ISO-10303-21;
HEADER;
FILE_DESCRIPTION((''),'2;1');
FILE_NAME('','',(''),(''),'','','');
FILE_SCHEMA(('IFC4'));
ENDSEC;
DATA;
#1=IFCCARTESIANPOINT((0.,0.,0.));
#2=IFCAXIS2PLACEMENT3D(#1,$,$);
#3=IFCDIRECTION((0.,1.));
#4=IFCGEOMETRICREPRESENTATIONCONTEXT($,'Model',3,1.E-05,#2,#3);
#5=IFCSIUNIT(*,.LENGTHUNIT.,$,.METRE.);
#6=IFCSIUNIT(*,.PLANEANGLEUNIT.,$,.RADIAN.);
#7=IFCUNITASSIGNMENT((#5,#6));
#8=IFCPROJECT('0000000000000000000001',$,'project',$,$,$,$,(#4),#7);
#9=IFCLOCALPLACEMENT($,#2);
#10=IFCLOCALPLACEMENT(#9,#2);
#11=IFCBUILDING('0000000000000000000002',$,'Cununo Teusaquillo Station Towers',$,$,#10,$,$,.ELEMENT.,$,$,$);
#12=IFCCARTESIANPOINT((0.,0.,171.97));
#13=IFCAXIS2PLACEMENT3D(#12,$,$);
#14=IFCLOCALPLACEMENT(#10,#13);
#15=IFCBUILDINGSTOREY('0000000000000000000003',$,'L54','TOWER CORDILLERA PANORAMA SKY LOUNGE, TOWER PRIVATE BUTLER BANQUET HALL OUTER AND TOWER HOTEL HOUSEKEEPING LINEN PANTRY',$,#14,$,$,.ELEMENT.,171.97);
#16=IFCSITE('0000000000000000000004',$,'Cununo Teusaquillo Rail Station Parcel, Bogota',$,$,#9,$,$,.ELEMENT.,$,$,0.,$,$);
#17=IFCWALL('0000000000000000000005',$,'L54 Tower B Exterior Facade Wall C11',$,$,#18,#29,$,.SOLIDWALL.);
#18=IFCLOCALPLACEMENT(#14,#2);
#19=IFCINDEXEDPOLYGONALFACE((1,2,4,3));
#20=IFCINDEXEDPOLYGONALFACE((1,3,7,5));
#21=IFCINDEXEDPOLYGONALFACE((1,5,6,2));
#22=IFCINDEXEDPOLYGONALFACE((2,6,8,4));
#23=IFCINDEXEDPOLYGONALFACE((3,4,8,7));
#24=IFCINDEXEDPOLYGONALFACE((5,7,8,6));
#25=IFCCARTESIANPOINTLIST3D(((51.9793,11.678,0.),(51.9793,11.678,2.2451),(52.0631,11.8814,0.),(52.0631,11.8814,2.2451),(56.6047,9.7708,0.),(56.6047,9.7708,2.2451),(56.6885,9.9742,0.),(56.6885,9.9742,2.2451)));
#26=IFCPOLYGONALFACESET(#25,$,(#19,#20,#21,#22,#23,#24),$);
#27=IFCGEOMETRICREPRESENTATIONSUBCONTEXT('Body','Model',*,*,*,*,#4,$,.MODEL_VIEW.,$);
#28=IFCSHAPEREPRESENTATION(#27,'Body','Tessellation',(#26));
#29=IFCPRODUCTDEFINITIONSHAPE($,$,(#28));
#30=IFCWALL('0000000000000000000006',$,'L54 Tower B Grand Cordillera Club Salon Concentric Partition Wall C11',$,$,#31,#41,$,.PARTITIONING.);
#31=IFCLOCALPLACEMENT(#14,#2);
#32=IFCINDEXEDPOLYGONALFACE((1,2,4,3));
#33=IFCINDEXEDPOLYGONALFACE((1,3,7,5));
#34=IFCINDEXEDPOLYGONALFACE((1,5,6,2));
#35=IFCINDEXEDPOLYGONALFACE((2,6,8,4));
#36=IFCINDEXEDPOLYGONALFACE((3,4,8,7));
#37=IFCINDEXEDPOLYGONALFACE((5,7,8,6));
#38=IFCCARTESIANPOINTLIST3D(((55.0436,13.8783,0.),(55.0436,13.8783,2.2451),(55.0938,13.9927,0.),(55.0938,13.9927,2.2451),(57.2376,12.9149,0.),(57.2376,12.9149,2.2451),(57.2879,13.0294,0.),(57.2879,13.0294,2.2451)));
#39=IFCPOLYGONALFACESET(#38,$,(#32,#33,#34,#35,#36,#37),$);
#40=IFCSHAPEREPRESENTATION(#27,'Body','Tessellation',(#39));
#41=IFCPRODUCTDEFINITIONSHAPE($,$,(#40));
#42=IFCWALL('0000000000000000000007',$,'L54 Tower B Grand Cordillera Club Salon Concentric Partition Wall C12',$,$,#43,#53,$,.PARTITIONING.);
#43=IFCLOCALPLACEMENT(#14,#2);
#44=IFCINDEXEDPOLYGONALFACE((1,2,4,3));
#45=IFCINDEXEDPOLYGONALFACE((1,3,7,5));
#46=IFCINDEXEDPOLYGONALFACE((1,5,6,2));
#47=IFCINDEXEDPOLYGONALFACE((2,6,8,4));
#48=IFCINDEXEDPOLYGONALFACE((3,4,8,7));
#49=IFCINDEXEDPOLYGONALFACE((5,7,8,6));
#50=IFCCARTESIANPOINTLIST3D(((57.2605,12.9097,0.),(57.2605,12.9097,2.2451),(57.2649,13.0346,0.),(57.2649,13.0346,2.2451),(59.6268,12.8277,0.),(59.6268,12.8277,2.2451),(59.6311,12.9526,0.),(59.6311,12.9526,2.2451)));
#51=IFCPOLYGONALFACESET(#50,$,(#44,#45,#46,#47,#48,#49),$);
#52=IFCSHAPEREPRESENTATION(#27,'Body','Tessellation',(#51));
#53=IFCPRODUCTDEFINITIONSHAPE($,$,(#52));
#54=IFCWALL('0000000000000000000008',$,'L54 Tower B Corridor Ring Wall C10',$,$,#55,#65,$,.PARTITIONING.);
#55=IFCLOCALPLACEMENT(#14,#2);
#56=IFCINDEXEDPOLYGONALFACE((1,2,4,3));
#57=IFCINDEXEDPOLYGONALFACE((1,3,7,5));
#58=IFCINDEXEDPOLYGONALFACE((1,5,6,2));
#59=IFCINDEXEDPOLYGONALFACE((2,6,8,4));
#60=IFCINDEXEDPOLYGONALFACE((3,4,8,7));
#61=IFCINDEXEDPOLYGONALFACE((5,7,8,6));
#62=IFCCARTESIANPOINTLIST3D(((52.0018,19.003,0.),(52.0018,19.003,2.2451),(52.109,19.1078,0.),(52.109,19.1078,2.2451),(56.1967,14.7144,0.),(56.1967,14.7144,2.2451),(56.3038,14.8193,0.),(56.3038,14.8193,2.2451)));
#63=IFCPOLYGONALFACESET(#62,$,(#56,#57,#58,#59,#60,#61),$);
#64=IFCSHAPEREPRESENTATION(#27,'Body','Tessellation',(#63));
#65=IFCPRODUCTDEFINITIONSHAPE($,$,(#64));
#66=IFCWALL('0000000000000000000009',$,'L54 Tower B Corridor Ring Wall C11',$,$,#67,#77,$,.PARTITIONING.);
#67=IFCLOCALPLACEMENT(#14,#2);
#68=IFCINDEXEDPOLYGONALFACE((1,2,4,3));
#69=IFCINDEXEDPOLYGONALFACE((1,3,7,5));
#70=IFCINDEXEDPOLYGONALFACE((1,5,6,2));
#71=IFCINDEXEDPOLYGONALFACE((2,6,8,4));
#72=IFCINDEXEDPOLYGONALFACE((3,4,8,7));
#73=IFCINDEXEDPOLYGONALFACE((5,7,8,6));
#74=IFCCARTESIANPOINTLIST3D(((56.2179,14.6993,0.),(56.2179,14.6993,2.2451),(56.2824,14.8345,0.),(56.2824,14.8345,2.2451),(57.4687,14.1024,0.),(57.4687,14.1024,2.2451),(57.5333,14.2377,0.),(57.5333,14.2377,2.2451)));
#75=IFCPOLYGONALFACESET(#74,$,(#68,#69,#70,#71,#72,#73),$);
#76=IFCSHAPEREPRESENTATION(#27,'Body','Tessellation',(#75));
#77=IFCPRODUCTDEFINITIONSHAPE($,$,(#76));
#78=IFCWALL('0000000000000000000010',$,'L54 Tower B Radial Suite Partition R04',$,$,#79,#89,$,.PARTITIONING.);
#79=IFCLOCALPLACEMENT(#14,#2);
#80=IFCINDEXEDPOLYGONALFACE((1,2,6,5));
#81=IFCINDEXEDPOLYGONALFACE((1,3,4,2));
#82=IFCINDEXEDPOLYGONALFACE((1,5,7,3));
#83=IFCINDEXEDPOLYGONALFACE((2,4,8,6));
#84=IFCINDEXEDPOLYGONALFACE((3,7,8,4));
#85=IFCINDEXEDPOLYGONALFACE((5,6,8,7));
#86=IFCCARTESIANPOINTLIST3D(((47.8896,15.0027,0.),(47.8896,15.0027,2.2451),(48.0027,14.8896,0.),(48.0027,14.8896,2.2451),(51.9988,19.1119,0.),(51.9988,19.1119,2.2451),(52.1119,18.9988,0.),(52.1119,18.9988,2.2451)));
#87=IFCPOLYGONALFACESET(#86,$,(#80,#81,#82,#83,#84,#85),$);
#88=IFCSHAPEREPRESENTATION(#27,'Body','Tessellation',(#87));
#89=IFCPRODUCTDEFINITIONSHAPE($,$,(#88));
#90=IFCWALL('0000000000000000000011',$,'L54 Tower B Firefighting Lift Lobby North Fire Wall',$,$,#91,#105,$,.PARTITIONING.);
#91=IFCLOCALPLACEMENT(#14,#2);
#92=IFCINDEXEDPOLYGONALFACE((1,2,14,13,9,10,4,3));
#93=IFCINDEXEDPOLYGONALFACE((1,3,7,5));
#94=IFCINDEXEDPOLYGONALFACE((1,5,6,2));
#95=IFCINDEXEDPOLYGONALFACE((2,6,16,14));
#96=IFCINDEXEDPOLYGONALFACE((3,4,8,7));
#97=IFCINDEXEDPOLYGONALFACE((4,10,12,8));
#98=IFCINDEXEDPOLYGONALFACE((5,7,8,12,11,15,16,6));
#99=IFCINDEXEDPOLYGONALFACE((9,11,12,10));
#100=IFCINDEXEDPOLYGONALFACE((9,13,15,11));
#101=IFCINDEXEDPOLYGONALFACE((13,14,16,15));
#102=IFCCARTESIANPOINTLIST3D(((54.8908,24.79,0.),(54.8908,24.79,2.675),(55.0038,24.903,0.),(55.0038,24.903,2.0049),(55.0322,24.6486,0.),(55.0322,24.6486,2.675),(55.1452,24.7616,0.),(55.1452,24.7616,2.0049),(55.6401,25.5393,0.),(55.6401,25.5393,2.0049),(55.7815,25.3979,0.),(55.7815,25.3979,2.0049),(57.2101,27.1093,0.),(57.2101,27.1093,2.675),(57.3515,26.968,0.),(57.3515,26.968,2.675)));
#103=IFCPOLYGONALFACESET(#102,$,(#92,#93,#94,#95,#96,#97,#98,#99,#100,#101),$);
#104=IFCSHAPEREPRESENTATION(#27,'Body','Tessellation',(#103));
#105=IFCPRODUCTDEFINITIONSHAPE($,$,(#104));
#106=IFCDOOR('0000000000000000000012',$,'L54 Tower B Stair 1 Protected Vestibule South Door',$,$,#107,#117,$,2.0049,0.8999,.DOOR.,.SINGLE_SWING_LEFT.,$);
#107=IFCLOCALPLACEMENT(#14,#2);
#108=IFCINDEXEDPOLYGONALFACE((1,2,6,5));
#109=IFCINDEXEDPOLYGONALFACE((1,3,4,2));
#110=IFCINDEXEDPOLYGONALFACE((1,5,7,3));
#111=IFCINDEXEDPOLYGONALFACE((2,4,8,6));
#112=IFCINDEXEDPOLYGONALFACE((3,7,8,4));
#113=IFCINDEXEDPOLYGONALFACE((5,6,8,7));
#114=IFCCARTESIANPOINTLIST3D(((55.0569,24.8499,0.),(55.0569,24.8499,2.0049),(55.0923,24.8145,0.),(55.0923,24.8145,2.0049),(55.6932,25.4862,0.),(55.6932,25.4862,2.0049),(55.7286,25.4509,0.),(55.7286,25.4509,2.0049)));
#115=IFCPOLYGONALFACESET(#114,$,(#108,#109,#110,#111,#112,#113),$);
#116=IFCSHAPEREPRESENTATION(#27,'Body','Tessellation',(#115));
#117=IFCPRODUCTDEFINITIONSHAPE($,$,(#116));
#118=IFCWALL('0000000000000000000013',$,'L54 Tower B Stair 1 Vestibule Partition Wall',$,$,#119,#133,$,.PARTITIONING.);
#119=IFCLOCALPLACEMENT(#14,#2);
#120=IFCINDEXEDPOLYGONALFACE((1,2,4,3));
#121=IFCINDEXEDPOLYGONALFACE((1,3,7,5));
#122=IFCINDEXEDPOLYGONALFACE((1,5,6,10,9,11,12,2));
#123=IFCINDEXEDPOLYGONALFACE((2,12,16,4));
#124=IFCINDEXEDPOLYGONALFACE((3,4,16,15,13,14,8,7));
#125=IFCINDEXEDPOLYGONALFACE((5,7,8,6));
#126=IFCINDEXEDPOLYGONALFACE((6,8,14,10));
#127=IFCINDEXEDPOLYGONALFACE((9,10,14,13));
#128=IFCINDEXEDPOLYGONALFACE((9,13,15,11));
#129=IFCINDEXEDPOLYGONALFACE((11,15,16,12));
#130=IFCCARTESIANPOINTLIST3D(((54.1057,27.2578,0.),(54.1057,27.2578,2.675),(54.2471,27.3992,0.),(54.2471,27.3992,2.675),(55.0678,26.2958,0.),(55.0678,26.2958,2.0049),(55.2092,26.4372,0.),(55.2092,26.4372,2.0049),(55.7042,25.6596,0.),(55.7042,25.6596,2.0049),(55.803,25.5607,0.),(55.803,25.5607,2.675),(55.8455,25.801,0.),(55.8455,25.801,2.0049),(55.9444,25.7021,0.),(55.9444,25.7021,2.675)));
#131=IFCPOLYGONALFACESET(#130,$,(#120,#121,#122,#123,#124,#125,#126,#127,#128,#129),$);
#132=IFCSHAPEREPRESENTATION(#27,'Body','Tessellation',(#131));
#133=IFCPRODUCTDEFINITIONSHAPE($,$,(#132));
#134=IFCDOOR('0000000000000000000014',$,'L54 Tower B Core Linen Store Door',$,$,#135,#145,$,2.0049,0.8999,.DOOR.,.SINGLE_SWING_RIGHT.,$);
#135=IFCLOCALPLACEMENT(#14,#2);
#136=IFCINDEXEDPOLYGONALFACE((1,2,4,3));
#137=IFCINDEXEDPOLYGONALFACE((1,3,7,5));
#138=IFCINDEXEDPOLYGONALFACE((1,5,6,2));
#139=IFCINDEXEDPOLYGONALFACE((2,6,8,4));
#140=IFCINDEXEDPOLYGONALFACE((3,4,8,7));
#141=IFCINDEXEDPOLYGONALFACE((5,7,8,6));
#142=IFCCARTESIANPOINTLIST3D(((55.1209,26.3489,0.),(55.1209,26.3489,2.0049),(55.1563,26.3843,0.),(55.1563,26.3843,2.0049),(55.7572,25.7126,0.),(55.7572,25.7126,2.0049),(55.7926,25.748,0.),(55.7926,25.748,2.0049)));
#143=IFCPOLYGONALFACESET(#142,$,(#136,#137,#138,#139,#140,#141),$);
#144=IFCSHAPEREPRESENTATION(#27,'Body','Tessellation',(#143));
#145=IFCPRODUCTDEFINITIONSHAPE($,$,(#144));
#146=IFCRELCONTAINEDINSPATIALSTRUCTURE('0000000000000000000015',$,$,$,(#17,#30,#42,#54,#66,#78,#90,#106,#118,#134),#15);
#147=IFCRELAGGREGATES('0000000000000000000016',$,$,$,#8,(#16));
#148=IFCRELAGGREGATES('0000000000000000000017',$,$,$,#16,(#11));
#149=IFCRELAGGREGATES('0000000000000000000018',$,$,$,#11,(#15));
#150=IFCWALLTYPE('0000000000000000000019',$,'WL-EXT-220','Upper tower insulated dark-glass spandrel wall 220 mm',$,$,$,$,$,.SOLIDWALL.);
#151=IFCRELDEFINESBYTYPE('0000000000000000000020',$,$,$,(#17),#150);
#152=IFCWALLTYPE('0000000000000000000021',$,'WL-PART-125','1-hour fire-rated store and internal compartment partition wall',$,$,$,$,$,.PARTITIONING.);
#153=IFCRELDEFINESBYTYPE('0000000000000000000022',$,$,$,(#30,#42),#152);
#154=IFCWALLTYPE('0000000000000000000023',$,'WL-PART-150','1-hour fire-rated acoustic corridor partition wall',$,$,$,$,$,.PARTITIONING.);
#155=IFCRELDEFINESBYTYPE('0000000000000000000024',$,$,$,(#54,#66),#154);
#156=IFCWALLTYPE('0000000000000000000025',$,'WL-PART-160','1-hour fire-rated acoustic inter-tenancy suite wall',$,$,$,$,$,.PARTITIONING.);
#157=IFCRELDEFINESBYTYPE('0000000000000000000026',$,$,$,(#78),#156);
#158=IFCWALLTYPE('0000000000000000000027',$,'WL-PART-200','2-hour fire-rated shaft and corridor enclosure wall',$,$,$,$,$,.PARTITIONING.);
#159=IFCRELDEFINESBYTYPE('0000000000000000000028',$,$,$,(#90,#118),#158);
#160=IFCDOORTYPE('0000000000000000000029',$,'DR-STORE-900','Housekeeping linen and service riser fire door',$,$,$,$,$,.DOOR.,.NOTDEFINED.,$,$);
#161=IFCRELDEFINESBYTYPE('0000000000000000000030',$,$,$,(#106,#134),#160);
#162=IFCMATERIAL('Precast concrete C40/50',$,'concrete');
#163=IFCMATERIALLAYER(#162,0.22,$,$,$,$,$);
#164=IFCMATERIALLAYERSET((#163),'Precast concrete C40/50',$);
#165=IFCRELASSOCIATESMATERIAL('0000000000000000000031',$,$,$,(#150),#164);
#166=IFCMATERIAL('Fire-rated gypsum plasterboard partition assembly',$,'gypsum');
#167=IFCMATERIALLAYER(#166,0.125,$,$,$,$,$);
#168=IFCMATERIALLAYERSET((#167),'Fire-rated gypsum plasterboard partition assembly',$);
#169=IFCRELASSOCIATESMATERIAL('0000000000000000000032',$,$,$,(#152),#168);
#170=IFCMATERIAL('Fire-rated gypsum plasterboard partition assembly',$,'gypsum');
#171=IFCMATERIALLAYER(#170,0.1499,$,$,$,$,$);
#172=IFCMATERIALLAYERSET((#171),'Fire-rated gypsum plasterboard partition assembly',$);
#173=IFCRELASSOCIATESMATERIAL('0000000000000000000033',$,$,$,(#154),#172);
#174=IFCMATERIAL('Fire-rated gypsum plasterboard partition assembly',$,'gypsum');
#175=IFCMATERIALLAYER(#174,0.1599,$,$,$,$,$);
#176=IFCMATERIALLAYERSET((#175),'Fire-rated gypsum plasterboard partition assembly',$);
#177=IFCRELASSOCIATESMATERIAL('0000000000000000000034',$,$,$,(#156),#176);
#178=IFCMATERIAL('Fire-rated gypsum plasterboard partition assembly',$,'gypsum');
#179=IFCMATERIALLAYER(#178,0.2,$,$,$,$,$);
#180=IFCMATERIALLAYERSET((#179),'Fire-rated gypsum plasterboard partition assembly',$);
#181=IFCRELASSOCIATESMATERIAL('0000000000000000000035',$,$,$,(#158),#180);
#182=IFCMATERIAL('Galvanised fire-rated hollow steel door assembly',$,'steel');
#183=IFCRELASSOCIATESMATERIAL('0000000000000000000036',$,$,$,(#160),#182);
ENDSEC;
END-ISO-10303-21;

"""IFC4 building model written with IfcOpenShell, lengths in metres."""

from ifc_helpers import new_model, si_unit, direction, frame, frame_2d, origin, place, context, subcontext, project, spatial, rectangle, extrude, source, transform, mapped, material, layer, layer_set, type_object, element, fill, save


model = new_model("IFC4")

# Units and contexts
model_context = context("Model", 3, precision=1e-05, world=origin(), true_north=direction((0.0, 1.0)))
body_context = subcontext(model_context, "Body", "Model", "MODEL_VIEW")
ifc_project = project(units=[si_unit("LENGTHUNIT", "METRE"), si_unit("PLANEANGLEUNIT", "RADIAN")], contexts=[model_context])

# Site, building, storey
site_placement = place(None, origin())
site = spatial("IfcSite", under=ifc_project, at=site_placement, Name="Cununo Teusaquillo Rail Station Parcel, Bogota", CompositionType="ELEMENT", RefElevation=0.0)
building_placement = place(site_placement, origin())
building = spatial("IfcBuilding", under=site, at=building_placement, Name="Cununo Teusaquillo Station Towers", CompositionType="ELEMENT")
storey_placement = place(building_placement, frame((0.0, 0.0, 171.97)))
storey = spatial("IfcBuildingStorey", under=building, at=storey_placement, Name="L54", Description="TOWER CORDILLERA PANORAMA SKY LOUNGE, TOWER PRIVATE BUTLER BANQUET HALL OUTER AND TOWER HOTEL HOUSEKEEPING LINEN PANTRY", CompositionType="ELEMENT", Elevation=171.97)

# Shared definitions
ifc_material_1 = material(Name="Precast concrete C40/50", Category="concrete")
ifc_layer_1 = layer(ifc_material_1, 0.22)
ifc_layer_set_1 = layer_set([ifc_layer_1], Name="Precast concrete C40/50")
wall_type_1 = type_object("IfcWallType", Name="WL-EXT-220", Description="Upper tower insulated dark-glass spandrel wall 220 mm", PredefinedType="SOLIDWALL", material=ifc_layer_set_1)

# Walls
wall_1_placement = place(storey_placement, frame((56.6465, 9.8726, 0.0), z_axis=(0.0, 0.0, 1.0), x_axis=(-0.924494, 0.381196, 0.0)))
element("IfcWall", 1, at=wall_1_placement, inside=storey, type_object=wall_type_1, Name="L54 Tower B Exterior Facade Wall C11", PredefinedType="SOLIDWALL", context=body_context, shape_type="SweptSolid", body=[
    extrude(rectangle(XDim=5.0032, YDim=0.22, at=frame_2d((2.5015, 0.0))), origin(), (0.0, 0.0, 1.0), 2.2451),
])
ifc_material_2 = material(Name="Fire-rated gypsum plasterboard partition assembly", Category="gypsum")
ifc_layer_2 = layer(ifc_material_2, 0.125)
ifc_layer_set_2 = layer_set([ifc_layer_2], Name="Fire-rated gypsum plasterboard partition assembly")
wall_type_2 = type_object("IfcWallType", Name="WL-PART-125", Description="1-hour fire-rated store and internal compartment partition wall", PredefinedType="PARTITIONING", material=ifc_layer_set_2)
wall_2_placement = place(storey_placement, frame((55.0686, 13.9355, 0.0), z_axis=(0.0, 0.0, 1.0), x_axis=(0.915626, -0.402032, 0.0)))
element("IfcWall", 2, at=wall_2_placement, inside=storey, type_object=wall_type_2, Name="L54 Tower B Grand Cordillera Club Salon Concentric Partition Wall C11", PredefinedType="PARTITIONING", context=body_context, shape_type="SweptSolid", body=[
    extrude(rectangle(XDim=2.3962, YDim=0.125, at=frame_2d((1.1982, 0.0))), origin(), (0.0, 0.0, 1.0), 2.2451),
])
wall_3_placement = place(storey_placement, frame((57.2627, 12.9722, 0.0), z_axis=(0.0, 0.0, 1.0), x_axis=(0.9994, -0.034647, 0.0)))
element("IfcWall", 3, at=wall_3_placement, inside=storey, type_object=wall_type_2, Name="L54 Tower B Grand Cordillera Club Salon Concentric Partition Wall C12", PredefinedType="PARTITIONING", context=body_context, shape_type="SweptSolid", body=[
    extrude(rectangle(XDim=2.3677, YDim=0.125, at=frame_2d((1.1838, 0.0))), origin(), (0.0, 0.0, 1.0), 2.2451),
])
ifc_material_3 = material(Name="Fire-rated gypsum plasterboard partition assembly", Category="gypsum")
ifc_layer_3 = layer(ifc_material_3, 0.1499)
ifc_layer_set_3 = layer_set([ifc_layer_3], Name="Fire-rated gypsum plasterboard partition assembly")
wall_type_3 = type_object("IfcWallType", Name="WL-PART-150", Description="1-hour fire-rated acoustic corridor partition wall", PredefinedType="PARTITIONING", material=ifc_layer_set_3)
wall_4_placement = place(storey_placement, frame((52.0554, 19.0554, 0.0), z_axis=(0.0, 0.0, 1.0), x_axis=(0.69925, -0.714877, 0.0)))
element("IfcWall", 4, at=wall_4_placement, inside=storey, type_object=wall_type_3, Name="L54 Tower B Corridor Ring Wall C10", PredefinedType="PARTITIONING", context=body_context, shape_type="SweptSolid", body=[
    extrude(rectangle(XDim=5.999, YDim=0.1499, at=frame_2d((2.9995, 0.0))), origin(), (0.0, 0.0, 1.0), 2.2451),
])
wall_5_placement = place(storey_placement, frame((56.2502, 14.7668, 0.0), z_axis=(0.0, 0.0, 1.0), x_axis=(0.902518, -0.430651, 0.0)))
element("IfcWall", 5, at=wall_5_placement, inside=storey, type_object=wall_type_3, Name="L54 Tower B Corridor Ring Wall C11", PredefinedType="PARTITIONING", context=body_context, shape_type="SweptSolid", body=[
    extrude(rectangle(XDim=1.386, YDim=0.1499, at=frame_2d((0.6929, 0.0))), origin(), (0.0, 0.0, 1.0), 2.2451),
])
ifc_material_4 = material(Name="Fire-rated gypsum plasterboard partition assembly", Category="gypsum")
ifc_layer_4 = layer(ifc_material_4, 0.1599)
ifc_layer_set_4 = layer_set([ifc_layer_4], Name="Fire-rated gypsum plasterboard partition assembly")
wall_type_4 = type_object("IfcWallType", Name="WL-PART-160", Description="1-hour fire-rated acoustic inter-tenancy suite wall", PredefinedType="PARTITIONING", material=ifc_layer_set_4)
wall_6_placement = place(storey_placement, frame((52.0554, 19.0554, 0.0), z_axis=(0.0, 0.0, 1.0), x_axis=(-0.707107, -0.707107, 0.0)))
element("IfcWall", 6, at=wall_6_placement, inside=storey, type_object=wall_type_4, Name="L54 Tower B Radial Suite Partition R04", PredefinedType="PARTITIONING", context=body_context, shape_type="SweptSolid", body=[
    extrude(rectangle(XDim=5.8113, YDim=0.1599, at=frame_2d((2.9058, 0.0))), origin(), (0.0, 0.0, 1.0), 2.2451),
])

# Walls, openings, doors
ifc_material_5 = material(Name="Fire-rated gypsum plasterboard partition assembly", Category="gypsum")
ifc_layer_5 = layer(ifc_material_5, 0.2)
ifc_layer_set_5 = layer_set([ifc_layer_5], Name="Fire-rated gypsum plasterboard partition assembly")
wall_type_5 = type_object("IfcWallType", Name="WL-PART-200", Description="2-hour fire-rated shaft and corridor enclosure wall", PredefinedType="PARTITIONING", material=ifc_layer_set_5)
wall_7_placement = place(storey_placement, frame((54.9614, 24.7192, 0.0), z_axis=(0.0, 0.0, 1.0), x_axis=(0.707107, 0.707107, 0.0)))
wall_7 = element("IfcWall", 7, at=wall_7_placement, inside=storey, type_object=wall_type_5, Name="L54 Tower B Firefighting Lift Lobby North Fire Wall", PredefinedType="PARTITIONING", context=body_context, shape_type="SweptSolid", body=[
    extrude(rectangle(XDim=3.28, YDim=0.2, at=frame_2d((1.6401, 0.0))), origin(), (0.0, 0.0, 1.0), 2.675),
])
shared_shape_1 = source(origin(), body_context, "Body", "SweptSolid", [
    extrude(rectangle(XDim=0.8999, YDim=2.0049, at=frame_2d((0.45, 1.0024))), frame((0.0, 0.1099, 0.0), z_axis=(0.0, -1.0, 0.0), x_axis=(1.0, 0.0, 0.0)), (0.0, 0.0, 1.0), 0.22),
])
opening_1_placement = place(wall_7_placement, frame((0.1599, 0.0, 0.0)))
opening_1 = element("IfcOpeningElement", 8, at=opening_1_placement, cuts=wall_7, PredefinedType="OPENING", context=body_context, shape_type="MappedRepresentation", body=[
    mapped(shared_shape_1, transform((0.0, 0.0, 0.0), x_axis=(1.0, 0.0, 0.0), y_axis=(0.0, 1.0, 0.0), z_axis=(0.0, 0.0, 1.0), scale=1.0)),
])
ifc_material_6 = material(Name="Galvanised fire-rated hollow steel door assembly", Category="steel")
door_type = type_object("IfcDoorType", Name="DR-STORE-900", Description="Housekeeping linen and service riser fire door", OperationType="NOTDEFINED", PredefinedType="DOOR", material=ifc_material_6)
shared_shape_2 = source(origin(), body_context, "Body", "SweptSolid", [
    extrude(rectangle(XDim=0.8999, YDim=2.0049, at=frame_2d((0.45, 1.0024))), frame((0.0, 0.0249, 0.0), z_axis=(0.0, -1.0, 0.0), x_axis=(1.0, 0.0, 0.0)), (0.0, 0.0, 1.0), 0.05),
])
door_1_placement = place(opening_1_placement, origin())
door_1 = element("IfcDoor", 9, at=door_1_placement, inside=storey, type_object=door_type, Name="L54 Tower B Stair 1 Protected Vestibule South Door", OperationType="SINGLE_SWING_LEFT", OverallHeight=2.0049, OverallWidth=0.8999, PredefinedType="DOOR", context=body_context, shape_type="MappedRepresentation", body=[
    mapped(shared_shape_2, transform((0.0, 0.0, 0.0), x_axis=(1.0, 0.0, 0.0), y_axis=(0.0, 1.0, 0.0), z_axis=(0.0, 0.0, 1.0), scale=1.0)),
])
fill(opening_1, door_1)
wall_8_placement = place(storey_placement, frame((55.8738, 25.6313, 0.0), z_axis=(0.0, 0.0, 1.0), x_axis=(-0.707158, 0.707056, 0.0)))
wall_8 = element("IfcWall", 10, at=wall_8_placement, inside=storey, type_object=wall_type_5, Name="L54 Tower B Stair 1 Vestibule Partition Wall", PredefinedType="PARTITIONING", context=body_context, shape_type="SweptSolid", body=[
    extrude(rectangle(XDim=2.4001, YDim=0.2, at=frame_2d((1.2002, 0.0))), origin(), (0.0, 0.0, 1.0), 2.675),
])
opening_2_placement = place(wall_8_placement, frame((0.1399, 0.0, 0.0)))
opening_2 = element("IfcOpeningElement", 11, at=opening_2_placement, cuts=wall_8, PredefinedType="OPENING", context=body_context, shape_type="MappedRepresentation", body=[
    mapped(shared_shape_1, transform((0.0, 0.0, 0.0), x_axis=(1.0, 0.0, 0.0), y_axis=(0.0, 1.0, 0.0), z_axis=(0.0, 0.0, 1.0), scale=1.0)),
])
door_2_placement = place(opening_2_placement, origin())
door_2 = element("IfcDoor", 12, at=door_2_placement, inside=storey, type_object=door_type, Name="L54 Tower B Core Linen Store Door", OperationType="SINGLE_SWING_RIGHT", OverallHeight=2.0049, OverallWidth=0.8999, PredefinedType="DOOR", context=body_context, shape_type="MappedRepresentation", body=[
    mapped(shared_shape_2, transform((0.0, 0.0, 0.0), x_axis=(1.0, 0.0, 0.0), y_axis=(0.0, 1.0, 0.0), z_axis=(0.0, 0.0, 1.0), scale=1.0)),
])
fill(opening_2, door_2)

save(model, "model.ifc")
